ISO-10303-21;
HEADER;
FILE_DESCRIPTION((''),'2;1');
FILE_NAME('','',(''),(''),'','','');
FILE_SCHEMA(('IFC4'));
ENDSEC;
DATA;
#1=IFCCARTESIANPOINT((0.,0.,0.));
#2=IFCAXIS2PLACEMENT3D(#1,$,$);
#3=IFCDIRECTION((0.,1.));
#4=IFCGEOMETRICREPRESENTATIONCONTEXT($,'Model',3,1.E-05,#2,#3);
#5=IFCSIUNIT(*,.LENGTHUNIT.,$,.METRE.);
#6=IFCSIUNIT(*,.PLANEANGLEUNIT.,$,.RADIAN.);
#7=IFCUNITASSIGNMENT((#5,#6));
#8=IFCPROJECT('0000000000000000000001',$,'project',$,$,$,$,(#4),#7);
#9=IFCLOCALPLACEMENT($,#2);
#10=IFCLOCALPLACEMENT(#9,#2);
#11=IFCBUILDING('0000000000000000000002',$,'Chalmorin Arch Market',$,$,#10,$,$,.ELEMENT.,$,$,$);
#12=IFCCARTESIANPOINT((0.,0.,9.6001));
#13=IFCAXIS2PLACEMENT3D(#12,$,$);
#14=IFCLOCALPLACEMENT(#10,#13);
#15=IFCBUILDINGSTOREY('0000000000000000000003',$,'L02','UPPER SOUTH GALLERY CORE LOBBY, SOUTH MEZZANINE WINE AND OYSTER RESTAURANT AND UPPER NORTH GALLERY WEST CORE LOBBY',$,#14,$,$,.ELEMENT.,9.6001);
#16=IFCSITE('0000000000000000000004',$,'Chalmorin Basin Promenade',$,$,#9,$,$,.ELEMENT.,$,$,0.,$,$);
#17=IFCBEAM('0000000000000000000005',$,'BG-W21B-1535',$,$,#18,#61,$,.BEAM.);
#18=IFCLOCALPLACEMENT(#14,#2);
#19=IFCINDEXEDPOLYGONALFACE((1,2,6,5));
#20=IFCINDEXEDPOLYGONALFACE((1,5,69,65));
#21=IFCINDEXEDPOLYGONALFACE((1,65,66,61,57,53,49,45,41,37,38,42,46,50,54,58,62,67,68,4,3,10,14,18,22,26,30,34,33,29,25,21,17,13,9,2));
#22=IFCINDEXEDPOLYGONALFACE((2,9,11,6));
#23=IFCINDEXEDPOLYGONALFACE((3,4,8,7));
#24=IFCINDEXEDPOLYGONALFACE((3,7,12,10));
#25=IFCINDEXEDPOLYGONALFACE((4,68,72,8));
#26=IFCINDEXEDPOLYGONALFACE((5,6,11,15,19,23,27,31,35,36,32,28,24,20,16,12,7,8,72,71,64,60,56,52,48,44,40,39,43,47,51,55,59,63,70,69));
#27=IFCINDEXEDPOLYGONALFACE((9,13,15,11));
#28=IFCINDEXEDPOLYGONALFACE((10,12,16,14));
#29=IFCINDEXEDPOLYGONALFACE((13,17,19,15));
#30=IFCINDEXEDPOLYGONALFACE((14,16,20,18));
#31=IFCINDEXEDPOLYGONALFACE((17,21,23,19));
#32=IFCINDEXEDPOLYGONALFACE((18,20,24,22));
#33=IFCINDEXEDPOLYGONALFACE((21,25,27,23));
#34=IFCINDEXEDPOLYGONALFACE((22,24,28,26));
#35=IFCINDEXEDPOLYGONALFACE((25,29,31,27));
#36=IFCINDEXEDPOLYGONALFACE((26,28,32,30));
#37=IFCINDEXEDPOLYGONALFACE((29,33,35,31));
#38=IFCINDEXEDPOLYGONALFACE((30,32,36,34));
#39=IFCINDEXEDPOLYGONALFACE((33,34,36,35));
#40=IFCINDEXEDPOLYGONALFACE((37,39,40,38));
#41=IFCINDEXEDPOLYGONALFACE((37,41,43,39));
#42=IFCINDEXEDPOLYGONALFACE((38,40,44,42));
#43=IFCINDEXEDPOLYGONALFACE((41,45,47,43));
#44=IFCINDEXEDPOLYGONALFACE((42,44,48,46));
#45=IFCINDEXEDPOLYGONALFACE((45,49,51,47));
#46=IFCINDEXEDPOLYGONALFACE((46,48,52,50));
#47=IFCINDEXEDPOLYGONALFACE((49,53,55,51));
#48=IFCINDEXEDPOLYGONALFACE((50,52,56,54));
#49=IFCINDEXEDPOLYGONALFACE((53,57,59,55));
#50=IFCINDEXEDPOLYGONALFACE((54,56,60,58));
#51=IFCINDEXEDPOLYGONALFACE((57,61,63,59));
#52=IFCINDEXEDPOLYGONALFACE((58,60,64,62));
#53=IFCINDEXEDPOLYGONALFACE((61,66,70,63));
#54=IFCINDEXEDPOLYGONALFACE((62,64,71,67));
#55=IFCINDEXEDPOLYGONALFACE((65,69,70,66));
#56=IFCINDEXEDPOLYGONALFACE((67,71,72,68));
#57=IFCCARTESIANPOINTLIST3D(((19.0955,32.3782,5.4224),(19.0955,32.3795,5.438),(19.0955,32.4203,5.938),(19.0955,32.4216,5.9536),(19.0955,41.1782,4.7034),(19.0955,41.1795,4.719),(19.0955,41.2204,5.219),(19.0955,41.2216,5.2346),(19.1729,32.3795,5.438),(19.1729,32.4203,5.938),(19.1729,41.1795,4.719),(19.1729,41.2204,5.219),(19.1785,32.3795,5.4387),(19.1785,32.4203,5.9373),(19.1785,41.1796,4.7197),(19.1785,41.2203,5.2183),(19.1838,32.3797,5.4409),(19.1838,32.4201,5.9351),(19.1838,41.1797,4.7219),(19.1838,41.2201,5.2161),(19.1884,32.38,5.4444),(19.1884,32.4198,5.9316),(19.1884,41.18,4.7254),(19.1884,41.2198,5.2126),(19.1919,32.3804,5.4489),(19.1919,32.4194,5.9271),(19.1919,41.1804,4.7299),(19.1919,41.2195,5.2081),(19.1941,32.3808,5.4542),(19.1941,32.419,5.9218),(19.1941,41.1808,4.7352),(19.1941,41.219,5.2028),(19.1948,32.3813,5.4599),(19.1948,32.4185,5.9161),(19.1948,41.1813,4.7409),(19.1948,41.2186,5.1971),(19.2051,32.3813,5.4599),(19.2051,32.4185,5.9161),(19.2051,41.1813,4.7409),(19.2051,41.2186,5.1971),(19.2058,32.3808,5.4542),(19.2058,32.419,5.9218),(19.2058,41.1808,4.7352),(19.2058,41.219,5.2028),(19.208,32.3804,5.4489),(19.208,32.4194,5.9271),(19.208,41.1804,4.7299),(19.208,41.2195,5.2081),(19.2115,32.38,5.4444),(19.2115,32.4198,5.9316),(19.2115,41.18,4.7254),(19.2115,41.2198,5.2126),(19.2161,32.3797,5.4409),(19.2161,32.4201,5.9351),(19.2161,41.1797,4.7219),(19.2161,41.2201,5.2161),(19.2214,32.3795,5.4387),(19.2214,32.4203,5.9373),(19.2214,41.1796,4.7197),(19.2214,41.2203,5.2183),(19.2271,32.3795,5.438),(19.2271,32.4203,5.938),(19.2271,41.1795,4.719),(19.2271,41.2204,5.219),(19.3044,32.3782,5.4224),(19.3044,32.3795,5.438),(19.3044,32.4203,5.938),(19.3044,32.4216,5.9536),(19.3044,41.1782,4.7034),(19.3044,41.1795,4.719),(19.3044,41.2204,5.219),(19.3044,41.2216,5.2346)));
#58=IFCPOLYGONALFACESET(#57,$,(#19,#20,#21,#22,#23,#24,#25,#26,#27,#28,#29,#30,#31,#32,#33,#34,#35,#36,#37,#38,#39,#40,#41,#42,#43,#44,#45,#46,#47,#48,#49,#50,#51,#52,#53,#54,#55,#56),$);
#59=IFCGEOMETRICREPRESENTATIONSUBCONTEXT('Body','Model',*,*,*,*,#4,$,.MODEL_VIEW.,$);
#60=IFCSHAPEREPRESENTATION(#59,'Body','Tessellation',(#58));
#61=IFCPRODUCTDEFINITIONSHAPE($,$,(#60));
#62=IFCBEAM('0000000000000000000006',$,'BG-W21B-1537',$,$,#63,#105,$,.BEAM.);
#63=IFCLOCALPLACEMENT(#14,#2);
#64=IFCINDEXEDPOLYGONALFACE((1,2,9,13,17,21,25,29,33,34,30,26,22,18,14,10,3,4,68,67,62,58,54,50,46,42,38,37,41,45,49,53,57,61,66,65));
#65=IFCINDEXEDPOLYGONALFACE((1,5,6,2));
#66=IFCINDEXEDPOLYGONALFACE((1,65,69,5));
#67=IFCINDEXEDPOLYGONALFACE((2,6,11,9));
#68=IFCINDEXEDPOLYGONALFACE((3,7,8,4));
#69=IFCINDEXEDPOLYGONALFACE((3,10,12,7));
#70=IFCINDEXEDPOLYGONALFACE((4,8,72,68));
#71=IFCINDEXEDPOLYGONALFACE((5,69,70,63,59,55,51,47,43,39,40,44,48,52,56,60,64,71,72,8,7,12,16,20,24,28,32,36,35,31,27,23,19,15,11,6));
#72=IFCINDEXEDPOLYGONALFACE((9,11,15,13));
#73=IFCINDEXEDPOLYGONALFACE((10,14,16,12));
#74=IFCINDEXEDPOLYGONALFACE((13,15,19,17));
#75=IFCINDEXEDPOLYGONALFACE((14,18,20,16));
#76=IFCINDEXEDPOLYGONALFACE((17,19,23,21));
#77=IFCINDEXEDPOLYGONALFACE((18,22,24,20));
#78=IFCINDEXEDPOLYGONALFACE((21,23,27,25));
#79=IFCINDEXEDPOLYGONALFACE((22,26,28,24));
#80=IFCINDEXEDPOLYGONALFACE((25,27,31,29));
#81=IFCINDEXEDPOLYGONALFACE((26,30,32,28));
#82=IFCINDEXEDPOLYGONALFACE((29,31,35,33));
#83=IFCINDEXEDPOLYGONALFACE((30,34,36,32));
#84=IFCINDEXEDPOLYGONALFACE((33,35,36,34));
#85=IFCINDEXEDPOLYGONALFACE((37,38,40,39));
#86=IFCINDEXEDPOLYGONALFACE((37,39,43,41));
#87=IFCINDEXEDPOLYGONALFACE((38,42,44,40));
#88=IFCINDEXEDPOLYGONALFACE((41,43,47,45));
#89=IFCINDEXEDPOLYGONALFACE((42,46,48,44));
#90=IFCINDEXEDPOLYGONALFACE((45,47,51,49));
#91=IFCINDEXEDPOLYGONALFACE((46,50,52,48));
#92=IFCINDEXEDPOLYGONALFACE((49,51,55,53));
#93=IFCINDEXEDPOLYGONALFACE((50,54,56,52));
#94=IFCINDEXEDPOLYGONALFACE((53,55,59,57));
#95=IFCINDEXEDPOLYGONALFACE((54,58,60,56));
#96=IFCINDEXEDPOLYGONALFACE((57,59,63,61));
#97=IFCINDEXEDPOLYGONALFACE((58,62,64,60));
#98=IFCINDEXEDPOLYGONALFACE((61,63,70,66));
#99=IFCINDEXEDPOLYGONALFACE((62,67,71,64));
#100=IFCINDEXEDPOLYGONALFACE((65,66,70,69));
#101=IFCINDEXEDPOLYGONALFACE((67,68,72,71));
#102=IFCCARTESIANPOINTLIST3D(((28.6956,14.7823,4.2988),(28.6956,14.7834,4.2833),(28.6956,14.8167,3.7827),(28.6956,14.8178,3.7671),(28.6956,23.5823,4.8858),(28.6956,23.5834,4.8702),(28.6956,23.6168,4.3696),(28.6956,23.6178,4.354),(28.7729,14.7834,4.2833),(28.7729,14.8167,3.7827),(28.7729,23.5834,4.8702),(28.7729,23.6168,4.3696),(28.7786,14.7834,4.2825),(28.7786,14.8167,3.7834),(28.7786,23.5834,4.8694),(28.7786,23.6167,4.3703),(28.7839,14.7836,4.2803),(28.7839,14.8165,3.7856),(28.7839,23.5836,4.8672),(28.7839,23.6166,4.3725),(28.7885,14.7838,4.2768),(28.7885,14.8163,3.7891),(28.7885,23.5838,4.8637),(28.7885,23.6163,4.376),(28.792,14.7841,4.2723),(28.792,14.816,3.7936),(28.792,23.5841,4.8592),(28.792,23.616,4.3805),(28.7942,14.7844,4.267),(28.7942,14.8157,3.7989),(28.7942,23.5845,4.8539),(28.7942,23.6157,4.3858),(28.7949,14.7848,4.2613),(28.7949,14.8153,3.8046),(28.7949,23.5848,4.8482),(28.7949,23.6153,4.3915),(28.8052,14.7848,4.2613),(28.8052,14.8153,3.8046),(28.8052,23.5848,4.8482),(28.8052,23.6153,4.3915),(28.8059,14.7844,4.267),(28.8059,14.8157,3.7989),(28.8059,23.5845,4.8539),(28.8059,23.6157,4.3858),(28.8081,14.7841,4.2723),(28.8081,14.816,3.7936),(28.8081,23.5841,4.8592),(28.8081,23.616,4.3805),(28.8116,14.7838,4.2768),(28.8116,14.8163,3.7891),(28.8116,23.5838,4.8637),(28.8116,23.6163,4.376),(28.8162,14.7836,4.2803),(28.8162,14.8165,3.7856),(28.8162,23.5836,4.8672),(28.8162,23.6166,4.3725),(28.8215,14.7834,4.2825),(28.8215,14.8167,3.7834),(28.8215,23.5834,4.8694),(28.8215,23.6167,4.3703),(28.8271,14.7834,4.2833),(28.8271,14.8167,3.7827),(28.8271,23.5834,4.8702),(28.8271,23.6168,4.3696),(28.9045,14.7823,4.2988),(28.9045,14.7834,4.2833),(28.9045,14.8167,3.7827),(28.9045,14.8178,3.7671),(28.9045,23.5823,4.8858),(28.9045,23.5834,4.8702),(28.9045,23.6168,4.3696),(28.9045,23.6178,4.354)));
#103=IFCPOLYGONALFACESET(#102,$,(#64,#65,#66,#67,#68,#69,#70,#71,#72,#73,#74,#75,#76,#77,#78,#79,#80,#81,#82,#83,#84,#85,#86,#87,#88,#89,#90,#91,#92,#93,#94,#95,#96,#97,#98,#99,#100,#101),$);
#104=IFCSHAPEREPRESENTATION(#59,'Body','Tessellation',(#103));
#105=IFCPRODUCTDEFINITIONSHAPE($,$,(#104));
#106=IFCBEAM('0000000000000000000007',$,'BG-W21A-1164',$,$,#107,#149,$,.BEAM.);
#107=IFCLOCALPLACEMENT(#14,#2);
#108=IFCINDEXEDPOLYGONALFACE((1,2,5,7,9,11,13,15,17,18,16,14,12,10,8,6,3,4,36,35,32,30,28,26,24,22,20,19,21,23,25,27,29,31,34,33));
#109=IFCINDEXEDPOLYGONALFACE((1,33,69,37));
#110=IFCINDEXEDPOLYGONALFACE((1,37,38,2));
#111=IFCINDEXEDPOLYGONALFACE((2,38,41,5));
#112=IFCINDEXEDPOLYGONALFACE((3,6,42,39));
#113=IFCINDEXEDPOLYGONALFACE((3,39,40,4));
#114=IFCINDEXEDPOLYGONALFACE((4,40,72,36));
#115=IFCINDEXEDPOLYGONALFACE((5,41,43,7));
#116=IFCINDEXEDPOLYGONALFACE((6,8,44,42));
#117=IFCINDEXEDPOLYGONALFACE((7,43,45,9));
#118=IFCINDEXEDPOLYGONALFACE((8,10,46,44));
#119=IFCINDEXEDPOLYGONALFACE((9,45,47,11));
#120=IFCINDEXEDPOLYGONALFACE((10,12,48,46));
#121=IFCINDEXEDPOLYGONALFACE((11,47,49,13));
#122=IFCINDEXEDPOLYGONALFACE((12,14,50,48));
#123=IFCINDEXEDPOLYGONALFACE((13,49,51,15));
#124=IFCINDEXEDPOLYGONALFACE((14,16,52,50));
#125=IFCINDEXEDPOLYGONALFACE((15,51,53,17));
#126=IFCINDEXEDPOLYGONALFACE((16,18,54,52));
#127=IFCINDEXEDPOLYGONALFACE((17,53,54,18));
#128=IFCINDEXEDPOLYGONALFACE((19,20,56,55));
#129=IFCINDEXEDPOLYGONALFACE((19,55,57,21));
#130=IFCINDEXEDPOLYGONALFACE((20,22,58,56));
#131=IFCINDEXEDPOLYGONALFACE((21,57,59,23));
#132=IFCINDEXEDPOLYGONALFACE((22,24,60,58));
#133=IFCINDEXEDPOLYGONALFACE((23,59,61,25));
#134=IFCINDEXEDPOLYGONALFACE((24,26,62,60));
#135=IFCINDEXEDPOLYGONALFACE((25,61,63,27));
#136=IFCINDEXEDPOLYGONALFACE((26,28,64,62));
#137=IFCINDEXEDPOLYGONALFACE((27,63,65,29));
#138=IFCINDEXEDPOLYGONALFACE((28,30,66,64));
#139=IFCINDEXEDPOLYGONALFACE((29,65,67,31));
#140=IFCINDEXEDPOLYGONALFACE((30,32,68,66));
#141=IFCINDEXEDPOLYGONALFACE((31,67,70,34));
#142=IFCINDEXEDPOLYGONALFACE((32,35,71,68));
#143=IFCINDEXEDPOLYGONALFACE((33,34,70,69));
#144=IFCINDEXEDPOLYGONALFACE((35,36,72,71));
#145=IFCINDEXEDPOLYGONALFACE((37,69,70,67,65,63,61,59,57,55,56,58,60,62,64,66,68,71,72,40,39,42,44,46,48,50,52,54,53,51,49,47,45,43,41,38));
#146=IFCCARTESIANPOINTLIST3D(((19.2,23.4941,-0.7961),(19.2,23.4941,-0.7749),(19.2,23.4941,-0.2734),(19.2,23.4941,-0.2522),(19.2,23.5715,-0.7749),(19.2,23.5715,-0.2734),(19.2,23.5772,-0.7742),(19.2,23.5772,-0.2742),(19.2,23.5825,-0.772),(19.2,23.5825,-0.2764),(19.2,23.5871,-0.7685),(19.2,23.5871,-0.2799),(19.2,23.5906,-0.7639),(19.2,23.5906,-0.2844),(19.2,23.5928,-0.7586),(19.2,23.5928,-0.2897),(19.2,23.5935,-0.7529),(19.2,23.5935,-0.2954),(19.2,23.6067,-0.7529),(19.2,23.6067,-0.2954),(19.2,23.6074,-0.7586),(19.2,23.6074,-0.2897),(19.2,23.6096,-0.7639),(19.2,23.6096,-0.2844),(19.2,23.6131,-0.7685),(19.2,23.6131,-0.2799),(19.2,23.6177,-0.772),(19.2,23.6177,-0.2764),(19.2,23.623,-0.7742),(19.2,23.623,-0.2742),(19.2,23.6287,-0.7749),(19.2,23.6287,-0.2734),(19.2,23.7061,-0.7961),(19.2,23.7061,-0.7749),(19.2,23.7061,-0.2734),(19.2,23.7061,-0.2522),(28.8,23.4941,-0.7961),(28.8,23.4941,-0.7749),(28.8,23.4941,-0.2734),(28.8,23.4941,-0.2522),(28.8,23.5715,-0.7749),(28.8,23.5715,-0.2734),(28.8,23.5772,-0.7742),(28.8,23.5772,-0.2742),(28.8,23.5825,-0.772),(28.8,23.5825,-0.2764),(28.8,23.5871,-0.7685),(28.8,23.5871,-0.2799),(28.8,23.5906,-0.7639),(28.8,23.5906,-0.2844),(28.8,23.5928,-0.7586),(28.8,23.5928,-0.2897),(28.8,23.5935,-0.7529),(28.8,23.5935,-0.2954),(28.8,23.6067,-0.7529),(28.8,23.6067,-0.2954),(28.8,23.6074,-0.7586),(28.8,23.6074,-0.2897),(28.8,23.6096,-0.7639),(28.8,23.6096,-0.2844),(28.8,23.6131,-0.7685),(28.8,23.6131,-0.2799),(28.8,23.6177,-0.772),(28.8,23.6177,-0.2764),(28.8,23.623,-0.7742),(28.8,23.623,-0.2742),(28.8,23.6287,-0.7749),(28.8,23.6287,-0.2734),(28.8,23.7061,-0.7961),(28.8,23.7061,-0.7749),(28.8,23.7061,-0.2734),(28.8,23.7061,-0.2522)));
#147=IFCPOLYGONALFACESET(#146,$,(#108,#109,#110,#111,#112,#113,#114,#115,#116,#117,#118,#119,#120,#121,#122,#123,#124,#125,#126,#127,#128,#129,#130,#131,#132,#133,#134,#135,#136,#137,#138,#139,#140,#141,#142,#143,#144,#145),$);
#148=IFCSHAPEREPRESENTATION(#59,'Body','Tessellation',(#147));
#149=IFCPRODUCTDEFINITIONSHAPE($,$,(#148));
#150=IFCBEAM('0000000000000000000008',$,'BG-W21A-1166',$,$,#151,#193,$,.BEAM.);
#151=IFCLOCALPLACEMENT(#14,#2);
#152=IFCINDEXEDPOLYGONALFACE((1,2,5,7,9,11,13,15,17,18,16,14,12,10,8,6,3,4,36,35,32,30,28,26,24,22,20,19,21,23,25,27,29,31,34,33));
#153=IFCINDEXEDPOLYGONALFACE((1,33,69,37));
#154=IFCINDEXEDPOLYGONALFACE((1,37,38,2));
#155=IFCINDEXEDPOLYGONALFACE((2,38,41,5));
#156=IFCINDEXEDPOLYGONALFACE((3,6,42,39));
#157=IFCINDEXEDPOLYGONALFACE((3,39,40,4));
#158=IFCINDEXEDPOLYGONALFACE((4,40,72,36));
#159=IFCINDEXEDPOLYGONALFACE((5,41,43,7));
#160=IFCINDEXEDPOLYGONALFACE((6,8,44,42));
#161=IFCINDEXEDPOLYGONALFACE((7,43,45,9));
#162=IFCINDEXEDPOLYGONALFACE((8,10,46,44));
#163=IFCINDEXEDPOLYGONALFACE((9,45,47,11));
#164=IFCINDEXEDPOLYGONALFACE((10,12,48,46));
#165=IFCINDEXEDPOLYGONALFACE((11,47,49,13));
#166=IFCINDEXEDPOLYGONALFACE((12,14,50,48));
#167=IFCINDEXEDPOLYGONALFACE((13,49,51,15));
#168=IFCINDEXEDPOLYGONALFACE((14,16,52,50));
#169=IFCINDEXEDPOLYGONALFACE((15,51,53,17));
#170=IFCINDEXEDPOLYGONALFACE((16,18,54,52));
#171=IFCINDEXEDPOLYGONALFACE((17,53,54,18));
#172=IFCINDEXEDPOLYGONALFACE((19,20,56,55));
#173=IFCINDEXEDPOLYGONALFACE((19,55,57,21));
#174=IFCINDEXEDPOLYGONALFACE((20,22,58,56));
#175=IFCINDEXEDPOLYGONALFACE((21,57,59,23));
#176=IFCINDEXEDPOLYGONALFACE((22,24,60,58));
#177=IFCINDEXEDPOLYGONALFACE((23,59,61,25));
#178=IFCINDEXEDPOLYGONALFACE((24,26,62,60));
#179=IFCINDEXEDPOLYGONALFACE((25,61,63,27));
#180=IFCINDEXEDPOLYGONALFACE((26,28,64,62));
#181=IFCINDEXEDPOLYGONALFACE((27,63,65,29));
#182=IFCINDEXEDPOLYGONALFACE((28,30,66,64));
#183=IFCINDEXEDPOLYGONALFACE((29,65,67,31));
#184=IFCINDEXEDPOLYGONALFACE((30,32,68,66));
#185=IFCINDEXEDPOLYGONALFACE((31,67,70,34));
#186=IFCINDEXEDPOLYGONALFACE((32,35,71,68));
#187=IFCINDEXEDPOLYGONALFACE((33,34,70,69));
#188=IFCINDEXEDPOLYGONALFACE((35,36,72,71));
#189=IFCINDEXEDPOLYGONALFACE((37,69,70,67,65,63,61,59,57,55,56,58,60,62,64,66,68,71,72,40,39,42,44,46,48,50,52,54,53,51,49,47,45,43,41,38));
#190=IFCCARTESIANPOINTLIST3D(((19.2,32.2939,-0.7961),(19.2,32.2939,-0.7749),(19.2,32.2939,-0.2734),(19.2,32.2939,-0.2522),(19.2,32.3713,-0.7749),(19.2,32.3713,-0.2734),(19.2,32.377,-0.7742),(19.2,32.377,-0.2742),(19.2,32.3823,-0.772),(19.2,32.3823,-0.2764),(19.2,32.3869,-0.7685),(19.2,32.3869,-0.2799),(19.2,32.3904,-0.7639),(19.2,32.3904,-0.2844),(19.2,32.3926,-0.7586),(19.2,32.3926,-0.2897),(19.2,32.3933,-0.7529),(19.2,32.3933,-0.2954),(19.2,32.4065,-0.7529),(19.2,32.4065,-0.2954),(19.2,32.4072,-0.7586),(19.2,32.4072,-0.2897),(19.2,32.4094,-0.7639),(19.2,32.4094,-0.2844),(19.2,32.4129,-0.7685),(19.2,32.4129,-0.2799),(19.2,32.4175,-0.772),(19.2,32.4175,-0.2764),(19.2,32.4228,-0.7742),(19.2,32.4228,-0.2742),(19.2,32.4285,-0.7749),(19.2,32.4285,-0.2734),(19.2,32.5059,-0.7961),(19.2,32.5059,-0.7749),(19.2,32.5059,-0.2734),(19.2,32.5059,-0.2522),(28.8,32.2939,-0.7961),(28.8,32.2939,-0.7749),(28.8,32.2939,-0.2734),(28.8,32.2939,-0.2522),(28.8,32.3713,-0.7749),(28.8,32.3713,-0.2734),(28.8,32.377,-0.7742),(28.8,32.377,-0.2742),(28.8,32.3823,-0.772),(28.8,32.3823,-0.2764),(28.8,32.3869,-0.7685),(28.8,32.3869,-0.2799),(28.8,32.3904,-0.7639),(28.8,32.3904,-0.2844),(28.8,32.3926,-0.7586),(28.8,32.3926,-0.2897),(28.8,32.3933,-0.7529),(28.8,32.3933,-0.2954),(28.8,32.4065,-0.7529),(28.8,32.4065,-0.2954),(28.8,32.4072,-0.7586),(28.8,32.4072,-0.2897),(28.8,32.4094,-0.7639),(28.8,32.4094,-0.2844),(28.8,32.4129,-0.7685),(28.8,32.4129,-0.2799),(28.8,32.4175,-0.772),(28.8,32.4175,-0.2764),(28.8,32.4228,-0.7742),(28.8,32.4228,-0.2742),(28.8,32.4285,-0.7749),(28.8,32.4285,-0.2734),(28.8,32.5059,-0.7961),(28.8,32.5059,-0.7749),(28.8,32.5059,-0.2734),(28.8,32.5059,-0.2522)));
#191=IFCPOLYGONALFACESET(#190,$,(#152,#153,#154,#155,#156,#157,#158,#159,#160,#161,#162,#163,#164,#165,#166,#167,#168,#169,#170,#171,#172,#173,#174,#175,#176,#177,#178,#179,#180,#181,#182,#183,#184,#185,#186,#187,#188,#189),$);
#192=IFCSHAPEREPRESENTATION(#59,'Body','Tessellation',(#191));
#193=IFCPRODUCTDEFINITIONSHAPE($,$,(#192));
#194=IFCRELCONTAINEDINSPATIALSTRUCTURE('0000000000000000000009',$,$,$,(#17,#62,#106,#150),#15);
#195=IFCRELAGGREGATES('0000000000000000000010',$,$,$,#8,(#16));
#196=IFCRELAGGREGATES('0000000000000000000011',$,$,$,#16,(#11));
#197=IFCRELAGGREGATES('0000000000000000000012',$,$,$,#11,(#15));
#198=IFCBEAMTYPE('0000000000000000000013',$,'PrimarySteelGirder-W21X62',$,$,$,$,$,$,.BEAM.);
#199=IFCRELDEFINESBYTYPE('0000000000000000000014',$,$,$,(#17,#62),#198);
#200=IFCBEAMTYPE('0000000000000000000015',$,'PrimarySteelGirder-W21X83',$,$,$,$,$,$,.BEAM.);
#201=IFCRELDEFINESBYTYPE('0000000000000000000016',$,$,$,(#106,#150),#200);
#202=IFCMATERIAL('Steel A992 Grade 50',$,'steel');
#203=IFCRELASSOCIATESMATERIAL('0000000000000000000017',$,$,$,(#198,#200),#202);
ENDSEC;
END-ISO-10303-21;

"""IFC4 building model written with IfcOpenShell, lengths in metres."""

from ifc_helpers import new_model, si_unit, direction, frame, origin, origin_2d, place, context, subcontext, project, spatial, i_section, extrude, material, material_profile, profile_set, type_object, element, save


model = new_model("IFC4")

# Units and contexts
model_context = context("Model", 3, precision=1e-05, world=origin(), true_north=direction((0.0, 1.0)))
body_context = subcontext(model_context, "Body", "Model", "MODEL_VIEW")
ifc_project = project(units=[si_unit("LENGTHUNIT", "METRE"), si_unit("PLANEANGLEUNIT", "RADIAN")], contexts=[model_context])

# Site, building, storey
site_placement = place(None, origin())
site = spatial("IfcSite", under=ifc_project, at=site_placement, Name="Chalmorin Basin Promenade", CompositionType="ELEMENT", RefElevation=0.0)
building_placement = place(site_placement, origin())
building = spatial("IfcBuilding", under=site, at=building_placement, Name="Chalmorin Arch Market", CompositionType="ELEMENT")
storey_placement = place(building_placement, frame((0.0, 0.0, 9.6001)))
storey = spatial("IfcBuildingStorey", under=building, at=storey_placement, Name="L02", Description="UPPER SOUTH GALLERY CORE LOBBY, SOUTH MEZZANINE WINE AND OYSTER RESTAURANT AND UPPER NORTH GALLERY WEST CORE LOBBY", CompositionType="ELEMENT", Elevation=9.6001)

# Shared definitions
ifc_material_1 = material(Name="Steel A992 Grade 50", Category="steel")

# Beams
ifc_material_profile_1 = material_profile(ifc_material_1, i_section(OverallWidth=0.209, OverallDepth=0.533, WebThickness=0.0103, FlangeThickness=0.0156, FilletRadius=0.022, at=origin_2d()), Name="W21X62")
ifc_profile_set_1 = profile_set([ifc_material_profile_1], Name="Steel A992 Grade 50")
beam_type_1 = type_object("IfcBeamType", Name="PrimarySteelGirder-W21X62", PredefinedType="BEAM", material=ifc_profile_set_1)
beam_1_placement = place(storey_placement, frame((19.2, 32.3999, 5.688), z_axis=(0.0, 0.996679, -0.081432), x_axis=(-1.0, 0.0, 0.0)))
element("IfcBeam", 1, at=beam_1_placement, inside=storey, type_object=beam_type_1, Name="BG-W21B-1535", PredefinedType="BEAM", context=body_context, shape_type="SweptSolid", body=[
    extrude(i_section(OverallWidth=0.209, OverallDepth=0.533, WebThickness=0.0103, FlangeThickness=0.0156, FilletRadius=0.022, at=origin_2d()), origin(), (0.0, 0.0, 1.0), 8.8293),
])
beam_2_placement = place(storey_placement, frame((28.8, 14.8, 4.033), z_axis=(0.0, 0.997783, 0.066547), x_axis=(-1.0, 0.0, 0.0)))
element("IfcBeam", 2, at=beam_2_placement, inside=storey, type_object=beam_type_1, Name="BG-W21B-1537", PredefinedType="BEAM", context=body_context, shape_type="SweptSolid", body=[
    extrude(i_section(OverallWidth=0.209, OverallDepth=0.533, WebThickness=0.0103, FlangeThickness=0.0156, FilletRadius=0.022, at=origin_2d()), origin(), (0.0, 0.0, 1.0), 8.8196),
])
ifc_material_profile_2 = material_profile(ifc_material_1, i_section(OverallWidth=0.2119, OverallDepth=0.5439, WebThickness=0.0132, FlangeThickness=0.0212, FilletRadius=0.022, at=origin_2d()), Name="W21X83")
ifc_profile_set_2 = profile_set([ifc_material_profile_2], Name="Steel A992 Grade 50")
beam_type_2 = type_object("IfcBeamType", Name="PrimarySteelGirder-W21X83", PredefinedType="BEAM", material=ifc_profile_set_2)
for number, where, z_axis, x_axis, name in (
    (3, (19.2, 23.6001, -0.5242), (1.0, 0.0, 0.0), (0.0, 1.0, 0.0), "BG-W21A-1164"),
    (4, (19.2, 32.3999, -0.5242), (1.0, 0.0, 0.0), (0.0, 1.0, 0.0), "BG-W21A-1166"),
):
    element("IfcBeam", number, at=place(storey_placement, frame(where, z_axis=z_axis, x_axis=x_axis)), inside=storey, type_object=beam_type_2, Name=name, PredefinedType="BEAM", context=body_context, shape_type="SweptSolid", body=[
        extrude(i_section(OverallWidth=0.2119, OverallDepth=0.5439, WebThickness=0.0132, FlangeThickness=0.0212, FilletRadius=0.022, at=origin_2d()), origin(), (0.0, 0.0, 1.0), 9.6001),
    ])

save(model, "model.ifc")
